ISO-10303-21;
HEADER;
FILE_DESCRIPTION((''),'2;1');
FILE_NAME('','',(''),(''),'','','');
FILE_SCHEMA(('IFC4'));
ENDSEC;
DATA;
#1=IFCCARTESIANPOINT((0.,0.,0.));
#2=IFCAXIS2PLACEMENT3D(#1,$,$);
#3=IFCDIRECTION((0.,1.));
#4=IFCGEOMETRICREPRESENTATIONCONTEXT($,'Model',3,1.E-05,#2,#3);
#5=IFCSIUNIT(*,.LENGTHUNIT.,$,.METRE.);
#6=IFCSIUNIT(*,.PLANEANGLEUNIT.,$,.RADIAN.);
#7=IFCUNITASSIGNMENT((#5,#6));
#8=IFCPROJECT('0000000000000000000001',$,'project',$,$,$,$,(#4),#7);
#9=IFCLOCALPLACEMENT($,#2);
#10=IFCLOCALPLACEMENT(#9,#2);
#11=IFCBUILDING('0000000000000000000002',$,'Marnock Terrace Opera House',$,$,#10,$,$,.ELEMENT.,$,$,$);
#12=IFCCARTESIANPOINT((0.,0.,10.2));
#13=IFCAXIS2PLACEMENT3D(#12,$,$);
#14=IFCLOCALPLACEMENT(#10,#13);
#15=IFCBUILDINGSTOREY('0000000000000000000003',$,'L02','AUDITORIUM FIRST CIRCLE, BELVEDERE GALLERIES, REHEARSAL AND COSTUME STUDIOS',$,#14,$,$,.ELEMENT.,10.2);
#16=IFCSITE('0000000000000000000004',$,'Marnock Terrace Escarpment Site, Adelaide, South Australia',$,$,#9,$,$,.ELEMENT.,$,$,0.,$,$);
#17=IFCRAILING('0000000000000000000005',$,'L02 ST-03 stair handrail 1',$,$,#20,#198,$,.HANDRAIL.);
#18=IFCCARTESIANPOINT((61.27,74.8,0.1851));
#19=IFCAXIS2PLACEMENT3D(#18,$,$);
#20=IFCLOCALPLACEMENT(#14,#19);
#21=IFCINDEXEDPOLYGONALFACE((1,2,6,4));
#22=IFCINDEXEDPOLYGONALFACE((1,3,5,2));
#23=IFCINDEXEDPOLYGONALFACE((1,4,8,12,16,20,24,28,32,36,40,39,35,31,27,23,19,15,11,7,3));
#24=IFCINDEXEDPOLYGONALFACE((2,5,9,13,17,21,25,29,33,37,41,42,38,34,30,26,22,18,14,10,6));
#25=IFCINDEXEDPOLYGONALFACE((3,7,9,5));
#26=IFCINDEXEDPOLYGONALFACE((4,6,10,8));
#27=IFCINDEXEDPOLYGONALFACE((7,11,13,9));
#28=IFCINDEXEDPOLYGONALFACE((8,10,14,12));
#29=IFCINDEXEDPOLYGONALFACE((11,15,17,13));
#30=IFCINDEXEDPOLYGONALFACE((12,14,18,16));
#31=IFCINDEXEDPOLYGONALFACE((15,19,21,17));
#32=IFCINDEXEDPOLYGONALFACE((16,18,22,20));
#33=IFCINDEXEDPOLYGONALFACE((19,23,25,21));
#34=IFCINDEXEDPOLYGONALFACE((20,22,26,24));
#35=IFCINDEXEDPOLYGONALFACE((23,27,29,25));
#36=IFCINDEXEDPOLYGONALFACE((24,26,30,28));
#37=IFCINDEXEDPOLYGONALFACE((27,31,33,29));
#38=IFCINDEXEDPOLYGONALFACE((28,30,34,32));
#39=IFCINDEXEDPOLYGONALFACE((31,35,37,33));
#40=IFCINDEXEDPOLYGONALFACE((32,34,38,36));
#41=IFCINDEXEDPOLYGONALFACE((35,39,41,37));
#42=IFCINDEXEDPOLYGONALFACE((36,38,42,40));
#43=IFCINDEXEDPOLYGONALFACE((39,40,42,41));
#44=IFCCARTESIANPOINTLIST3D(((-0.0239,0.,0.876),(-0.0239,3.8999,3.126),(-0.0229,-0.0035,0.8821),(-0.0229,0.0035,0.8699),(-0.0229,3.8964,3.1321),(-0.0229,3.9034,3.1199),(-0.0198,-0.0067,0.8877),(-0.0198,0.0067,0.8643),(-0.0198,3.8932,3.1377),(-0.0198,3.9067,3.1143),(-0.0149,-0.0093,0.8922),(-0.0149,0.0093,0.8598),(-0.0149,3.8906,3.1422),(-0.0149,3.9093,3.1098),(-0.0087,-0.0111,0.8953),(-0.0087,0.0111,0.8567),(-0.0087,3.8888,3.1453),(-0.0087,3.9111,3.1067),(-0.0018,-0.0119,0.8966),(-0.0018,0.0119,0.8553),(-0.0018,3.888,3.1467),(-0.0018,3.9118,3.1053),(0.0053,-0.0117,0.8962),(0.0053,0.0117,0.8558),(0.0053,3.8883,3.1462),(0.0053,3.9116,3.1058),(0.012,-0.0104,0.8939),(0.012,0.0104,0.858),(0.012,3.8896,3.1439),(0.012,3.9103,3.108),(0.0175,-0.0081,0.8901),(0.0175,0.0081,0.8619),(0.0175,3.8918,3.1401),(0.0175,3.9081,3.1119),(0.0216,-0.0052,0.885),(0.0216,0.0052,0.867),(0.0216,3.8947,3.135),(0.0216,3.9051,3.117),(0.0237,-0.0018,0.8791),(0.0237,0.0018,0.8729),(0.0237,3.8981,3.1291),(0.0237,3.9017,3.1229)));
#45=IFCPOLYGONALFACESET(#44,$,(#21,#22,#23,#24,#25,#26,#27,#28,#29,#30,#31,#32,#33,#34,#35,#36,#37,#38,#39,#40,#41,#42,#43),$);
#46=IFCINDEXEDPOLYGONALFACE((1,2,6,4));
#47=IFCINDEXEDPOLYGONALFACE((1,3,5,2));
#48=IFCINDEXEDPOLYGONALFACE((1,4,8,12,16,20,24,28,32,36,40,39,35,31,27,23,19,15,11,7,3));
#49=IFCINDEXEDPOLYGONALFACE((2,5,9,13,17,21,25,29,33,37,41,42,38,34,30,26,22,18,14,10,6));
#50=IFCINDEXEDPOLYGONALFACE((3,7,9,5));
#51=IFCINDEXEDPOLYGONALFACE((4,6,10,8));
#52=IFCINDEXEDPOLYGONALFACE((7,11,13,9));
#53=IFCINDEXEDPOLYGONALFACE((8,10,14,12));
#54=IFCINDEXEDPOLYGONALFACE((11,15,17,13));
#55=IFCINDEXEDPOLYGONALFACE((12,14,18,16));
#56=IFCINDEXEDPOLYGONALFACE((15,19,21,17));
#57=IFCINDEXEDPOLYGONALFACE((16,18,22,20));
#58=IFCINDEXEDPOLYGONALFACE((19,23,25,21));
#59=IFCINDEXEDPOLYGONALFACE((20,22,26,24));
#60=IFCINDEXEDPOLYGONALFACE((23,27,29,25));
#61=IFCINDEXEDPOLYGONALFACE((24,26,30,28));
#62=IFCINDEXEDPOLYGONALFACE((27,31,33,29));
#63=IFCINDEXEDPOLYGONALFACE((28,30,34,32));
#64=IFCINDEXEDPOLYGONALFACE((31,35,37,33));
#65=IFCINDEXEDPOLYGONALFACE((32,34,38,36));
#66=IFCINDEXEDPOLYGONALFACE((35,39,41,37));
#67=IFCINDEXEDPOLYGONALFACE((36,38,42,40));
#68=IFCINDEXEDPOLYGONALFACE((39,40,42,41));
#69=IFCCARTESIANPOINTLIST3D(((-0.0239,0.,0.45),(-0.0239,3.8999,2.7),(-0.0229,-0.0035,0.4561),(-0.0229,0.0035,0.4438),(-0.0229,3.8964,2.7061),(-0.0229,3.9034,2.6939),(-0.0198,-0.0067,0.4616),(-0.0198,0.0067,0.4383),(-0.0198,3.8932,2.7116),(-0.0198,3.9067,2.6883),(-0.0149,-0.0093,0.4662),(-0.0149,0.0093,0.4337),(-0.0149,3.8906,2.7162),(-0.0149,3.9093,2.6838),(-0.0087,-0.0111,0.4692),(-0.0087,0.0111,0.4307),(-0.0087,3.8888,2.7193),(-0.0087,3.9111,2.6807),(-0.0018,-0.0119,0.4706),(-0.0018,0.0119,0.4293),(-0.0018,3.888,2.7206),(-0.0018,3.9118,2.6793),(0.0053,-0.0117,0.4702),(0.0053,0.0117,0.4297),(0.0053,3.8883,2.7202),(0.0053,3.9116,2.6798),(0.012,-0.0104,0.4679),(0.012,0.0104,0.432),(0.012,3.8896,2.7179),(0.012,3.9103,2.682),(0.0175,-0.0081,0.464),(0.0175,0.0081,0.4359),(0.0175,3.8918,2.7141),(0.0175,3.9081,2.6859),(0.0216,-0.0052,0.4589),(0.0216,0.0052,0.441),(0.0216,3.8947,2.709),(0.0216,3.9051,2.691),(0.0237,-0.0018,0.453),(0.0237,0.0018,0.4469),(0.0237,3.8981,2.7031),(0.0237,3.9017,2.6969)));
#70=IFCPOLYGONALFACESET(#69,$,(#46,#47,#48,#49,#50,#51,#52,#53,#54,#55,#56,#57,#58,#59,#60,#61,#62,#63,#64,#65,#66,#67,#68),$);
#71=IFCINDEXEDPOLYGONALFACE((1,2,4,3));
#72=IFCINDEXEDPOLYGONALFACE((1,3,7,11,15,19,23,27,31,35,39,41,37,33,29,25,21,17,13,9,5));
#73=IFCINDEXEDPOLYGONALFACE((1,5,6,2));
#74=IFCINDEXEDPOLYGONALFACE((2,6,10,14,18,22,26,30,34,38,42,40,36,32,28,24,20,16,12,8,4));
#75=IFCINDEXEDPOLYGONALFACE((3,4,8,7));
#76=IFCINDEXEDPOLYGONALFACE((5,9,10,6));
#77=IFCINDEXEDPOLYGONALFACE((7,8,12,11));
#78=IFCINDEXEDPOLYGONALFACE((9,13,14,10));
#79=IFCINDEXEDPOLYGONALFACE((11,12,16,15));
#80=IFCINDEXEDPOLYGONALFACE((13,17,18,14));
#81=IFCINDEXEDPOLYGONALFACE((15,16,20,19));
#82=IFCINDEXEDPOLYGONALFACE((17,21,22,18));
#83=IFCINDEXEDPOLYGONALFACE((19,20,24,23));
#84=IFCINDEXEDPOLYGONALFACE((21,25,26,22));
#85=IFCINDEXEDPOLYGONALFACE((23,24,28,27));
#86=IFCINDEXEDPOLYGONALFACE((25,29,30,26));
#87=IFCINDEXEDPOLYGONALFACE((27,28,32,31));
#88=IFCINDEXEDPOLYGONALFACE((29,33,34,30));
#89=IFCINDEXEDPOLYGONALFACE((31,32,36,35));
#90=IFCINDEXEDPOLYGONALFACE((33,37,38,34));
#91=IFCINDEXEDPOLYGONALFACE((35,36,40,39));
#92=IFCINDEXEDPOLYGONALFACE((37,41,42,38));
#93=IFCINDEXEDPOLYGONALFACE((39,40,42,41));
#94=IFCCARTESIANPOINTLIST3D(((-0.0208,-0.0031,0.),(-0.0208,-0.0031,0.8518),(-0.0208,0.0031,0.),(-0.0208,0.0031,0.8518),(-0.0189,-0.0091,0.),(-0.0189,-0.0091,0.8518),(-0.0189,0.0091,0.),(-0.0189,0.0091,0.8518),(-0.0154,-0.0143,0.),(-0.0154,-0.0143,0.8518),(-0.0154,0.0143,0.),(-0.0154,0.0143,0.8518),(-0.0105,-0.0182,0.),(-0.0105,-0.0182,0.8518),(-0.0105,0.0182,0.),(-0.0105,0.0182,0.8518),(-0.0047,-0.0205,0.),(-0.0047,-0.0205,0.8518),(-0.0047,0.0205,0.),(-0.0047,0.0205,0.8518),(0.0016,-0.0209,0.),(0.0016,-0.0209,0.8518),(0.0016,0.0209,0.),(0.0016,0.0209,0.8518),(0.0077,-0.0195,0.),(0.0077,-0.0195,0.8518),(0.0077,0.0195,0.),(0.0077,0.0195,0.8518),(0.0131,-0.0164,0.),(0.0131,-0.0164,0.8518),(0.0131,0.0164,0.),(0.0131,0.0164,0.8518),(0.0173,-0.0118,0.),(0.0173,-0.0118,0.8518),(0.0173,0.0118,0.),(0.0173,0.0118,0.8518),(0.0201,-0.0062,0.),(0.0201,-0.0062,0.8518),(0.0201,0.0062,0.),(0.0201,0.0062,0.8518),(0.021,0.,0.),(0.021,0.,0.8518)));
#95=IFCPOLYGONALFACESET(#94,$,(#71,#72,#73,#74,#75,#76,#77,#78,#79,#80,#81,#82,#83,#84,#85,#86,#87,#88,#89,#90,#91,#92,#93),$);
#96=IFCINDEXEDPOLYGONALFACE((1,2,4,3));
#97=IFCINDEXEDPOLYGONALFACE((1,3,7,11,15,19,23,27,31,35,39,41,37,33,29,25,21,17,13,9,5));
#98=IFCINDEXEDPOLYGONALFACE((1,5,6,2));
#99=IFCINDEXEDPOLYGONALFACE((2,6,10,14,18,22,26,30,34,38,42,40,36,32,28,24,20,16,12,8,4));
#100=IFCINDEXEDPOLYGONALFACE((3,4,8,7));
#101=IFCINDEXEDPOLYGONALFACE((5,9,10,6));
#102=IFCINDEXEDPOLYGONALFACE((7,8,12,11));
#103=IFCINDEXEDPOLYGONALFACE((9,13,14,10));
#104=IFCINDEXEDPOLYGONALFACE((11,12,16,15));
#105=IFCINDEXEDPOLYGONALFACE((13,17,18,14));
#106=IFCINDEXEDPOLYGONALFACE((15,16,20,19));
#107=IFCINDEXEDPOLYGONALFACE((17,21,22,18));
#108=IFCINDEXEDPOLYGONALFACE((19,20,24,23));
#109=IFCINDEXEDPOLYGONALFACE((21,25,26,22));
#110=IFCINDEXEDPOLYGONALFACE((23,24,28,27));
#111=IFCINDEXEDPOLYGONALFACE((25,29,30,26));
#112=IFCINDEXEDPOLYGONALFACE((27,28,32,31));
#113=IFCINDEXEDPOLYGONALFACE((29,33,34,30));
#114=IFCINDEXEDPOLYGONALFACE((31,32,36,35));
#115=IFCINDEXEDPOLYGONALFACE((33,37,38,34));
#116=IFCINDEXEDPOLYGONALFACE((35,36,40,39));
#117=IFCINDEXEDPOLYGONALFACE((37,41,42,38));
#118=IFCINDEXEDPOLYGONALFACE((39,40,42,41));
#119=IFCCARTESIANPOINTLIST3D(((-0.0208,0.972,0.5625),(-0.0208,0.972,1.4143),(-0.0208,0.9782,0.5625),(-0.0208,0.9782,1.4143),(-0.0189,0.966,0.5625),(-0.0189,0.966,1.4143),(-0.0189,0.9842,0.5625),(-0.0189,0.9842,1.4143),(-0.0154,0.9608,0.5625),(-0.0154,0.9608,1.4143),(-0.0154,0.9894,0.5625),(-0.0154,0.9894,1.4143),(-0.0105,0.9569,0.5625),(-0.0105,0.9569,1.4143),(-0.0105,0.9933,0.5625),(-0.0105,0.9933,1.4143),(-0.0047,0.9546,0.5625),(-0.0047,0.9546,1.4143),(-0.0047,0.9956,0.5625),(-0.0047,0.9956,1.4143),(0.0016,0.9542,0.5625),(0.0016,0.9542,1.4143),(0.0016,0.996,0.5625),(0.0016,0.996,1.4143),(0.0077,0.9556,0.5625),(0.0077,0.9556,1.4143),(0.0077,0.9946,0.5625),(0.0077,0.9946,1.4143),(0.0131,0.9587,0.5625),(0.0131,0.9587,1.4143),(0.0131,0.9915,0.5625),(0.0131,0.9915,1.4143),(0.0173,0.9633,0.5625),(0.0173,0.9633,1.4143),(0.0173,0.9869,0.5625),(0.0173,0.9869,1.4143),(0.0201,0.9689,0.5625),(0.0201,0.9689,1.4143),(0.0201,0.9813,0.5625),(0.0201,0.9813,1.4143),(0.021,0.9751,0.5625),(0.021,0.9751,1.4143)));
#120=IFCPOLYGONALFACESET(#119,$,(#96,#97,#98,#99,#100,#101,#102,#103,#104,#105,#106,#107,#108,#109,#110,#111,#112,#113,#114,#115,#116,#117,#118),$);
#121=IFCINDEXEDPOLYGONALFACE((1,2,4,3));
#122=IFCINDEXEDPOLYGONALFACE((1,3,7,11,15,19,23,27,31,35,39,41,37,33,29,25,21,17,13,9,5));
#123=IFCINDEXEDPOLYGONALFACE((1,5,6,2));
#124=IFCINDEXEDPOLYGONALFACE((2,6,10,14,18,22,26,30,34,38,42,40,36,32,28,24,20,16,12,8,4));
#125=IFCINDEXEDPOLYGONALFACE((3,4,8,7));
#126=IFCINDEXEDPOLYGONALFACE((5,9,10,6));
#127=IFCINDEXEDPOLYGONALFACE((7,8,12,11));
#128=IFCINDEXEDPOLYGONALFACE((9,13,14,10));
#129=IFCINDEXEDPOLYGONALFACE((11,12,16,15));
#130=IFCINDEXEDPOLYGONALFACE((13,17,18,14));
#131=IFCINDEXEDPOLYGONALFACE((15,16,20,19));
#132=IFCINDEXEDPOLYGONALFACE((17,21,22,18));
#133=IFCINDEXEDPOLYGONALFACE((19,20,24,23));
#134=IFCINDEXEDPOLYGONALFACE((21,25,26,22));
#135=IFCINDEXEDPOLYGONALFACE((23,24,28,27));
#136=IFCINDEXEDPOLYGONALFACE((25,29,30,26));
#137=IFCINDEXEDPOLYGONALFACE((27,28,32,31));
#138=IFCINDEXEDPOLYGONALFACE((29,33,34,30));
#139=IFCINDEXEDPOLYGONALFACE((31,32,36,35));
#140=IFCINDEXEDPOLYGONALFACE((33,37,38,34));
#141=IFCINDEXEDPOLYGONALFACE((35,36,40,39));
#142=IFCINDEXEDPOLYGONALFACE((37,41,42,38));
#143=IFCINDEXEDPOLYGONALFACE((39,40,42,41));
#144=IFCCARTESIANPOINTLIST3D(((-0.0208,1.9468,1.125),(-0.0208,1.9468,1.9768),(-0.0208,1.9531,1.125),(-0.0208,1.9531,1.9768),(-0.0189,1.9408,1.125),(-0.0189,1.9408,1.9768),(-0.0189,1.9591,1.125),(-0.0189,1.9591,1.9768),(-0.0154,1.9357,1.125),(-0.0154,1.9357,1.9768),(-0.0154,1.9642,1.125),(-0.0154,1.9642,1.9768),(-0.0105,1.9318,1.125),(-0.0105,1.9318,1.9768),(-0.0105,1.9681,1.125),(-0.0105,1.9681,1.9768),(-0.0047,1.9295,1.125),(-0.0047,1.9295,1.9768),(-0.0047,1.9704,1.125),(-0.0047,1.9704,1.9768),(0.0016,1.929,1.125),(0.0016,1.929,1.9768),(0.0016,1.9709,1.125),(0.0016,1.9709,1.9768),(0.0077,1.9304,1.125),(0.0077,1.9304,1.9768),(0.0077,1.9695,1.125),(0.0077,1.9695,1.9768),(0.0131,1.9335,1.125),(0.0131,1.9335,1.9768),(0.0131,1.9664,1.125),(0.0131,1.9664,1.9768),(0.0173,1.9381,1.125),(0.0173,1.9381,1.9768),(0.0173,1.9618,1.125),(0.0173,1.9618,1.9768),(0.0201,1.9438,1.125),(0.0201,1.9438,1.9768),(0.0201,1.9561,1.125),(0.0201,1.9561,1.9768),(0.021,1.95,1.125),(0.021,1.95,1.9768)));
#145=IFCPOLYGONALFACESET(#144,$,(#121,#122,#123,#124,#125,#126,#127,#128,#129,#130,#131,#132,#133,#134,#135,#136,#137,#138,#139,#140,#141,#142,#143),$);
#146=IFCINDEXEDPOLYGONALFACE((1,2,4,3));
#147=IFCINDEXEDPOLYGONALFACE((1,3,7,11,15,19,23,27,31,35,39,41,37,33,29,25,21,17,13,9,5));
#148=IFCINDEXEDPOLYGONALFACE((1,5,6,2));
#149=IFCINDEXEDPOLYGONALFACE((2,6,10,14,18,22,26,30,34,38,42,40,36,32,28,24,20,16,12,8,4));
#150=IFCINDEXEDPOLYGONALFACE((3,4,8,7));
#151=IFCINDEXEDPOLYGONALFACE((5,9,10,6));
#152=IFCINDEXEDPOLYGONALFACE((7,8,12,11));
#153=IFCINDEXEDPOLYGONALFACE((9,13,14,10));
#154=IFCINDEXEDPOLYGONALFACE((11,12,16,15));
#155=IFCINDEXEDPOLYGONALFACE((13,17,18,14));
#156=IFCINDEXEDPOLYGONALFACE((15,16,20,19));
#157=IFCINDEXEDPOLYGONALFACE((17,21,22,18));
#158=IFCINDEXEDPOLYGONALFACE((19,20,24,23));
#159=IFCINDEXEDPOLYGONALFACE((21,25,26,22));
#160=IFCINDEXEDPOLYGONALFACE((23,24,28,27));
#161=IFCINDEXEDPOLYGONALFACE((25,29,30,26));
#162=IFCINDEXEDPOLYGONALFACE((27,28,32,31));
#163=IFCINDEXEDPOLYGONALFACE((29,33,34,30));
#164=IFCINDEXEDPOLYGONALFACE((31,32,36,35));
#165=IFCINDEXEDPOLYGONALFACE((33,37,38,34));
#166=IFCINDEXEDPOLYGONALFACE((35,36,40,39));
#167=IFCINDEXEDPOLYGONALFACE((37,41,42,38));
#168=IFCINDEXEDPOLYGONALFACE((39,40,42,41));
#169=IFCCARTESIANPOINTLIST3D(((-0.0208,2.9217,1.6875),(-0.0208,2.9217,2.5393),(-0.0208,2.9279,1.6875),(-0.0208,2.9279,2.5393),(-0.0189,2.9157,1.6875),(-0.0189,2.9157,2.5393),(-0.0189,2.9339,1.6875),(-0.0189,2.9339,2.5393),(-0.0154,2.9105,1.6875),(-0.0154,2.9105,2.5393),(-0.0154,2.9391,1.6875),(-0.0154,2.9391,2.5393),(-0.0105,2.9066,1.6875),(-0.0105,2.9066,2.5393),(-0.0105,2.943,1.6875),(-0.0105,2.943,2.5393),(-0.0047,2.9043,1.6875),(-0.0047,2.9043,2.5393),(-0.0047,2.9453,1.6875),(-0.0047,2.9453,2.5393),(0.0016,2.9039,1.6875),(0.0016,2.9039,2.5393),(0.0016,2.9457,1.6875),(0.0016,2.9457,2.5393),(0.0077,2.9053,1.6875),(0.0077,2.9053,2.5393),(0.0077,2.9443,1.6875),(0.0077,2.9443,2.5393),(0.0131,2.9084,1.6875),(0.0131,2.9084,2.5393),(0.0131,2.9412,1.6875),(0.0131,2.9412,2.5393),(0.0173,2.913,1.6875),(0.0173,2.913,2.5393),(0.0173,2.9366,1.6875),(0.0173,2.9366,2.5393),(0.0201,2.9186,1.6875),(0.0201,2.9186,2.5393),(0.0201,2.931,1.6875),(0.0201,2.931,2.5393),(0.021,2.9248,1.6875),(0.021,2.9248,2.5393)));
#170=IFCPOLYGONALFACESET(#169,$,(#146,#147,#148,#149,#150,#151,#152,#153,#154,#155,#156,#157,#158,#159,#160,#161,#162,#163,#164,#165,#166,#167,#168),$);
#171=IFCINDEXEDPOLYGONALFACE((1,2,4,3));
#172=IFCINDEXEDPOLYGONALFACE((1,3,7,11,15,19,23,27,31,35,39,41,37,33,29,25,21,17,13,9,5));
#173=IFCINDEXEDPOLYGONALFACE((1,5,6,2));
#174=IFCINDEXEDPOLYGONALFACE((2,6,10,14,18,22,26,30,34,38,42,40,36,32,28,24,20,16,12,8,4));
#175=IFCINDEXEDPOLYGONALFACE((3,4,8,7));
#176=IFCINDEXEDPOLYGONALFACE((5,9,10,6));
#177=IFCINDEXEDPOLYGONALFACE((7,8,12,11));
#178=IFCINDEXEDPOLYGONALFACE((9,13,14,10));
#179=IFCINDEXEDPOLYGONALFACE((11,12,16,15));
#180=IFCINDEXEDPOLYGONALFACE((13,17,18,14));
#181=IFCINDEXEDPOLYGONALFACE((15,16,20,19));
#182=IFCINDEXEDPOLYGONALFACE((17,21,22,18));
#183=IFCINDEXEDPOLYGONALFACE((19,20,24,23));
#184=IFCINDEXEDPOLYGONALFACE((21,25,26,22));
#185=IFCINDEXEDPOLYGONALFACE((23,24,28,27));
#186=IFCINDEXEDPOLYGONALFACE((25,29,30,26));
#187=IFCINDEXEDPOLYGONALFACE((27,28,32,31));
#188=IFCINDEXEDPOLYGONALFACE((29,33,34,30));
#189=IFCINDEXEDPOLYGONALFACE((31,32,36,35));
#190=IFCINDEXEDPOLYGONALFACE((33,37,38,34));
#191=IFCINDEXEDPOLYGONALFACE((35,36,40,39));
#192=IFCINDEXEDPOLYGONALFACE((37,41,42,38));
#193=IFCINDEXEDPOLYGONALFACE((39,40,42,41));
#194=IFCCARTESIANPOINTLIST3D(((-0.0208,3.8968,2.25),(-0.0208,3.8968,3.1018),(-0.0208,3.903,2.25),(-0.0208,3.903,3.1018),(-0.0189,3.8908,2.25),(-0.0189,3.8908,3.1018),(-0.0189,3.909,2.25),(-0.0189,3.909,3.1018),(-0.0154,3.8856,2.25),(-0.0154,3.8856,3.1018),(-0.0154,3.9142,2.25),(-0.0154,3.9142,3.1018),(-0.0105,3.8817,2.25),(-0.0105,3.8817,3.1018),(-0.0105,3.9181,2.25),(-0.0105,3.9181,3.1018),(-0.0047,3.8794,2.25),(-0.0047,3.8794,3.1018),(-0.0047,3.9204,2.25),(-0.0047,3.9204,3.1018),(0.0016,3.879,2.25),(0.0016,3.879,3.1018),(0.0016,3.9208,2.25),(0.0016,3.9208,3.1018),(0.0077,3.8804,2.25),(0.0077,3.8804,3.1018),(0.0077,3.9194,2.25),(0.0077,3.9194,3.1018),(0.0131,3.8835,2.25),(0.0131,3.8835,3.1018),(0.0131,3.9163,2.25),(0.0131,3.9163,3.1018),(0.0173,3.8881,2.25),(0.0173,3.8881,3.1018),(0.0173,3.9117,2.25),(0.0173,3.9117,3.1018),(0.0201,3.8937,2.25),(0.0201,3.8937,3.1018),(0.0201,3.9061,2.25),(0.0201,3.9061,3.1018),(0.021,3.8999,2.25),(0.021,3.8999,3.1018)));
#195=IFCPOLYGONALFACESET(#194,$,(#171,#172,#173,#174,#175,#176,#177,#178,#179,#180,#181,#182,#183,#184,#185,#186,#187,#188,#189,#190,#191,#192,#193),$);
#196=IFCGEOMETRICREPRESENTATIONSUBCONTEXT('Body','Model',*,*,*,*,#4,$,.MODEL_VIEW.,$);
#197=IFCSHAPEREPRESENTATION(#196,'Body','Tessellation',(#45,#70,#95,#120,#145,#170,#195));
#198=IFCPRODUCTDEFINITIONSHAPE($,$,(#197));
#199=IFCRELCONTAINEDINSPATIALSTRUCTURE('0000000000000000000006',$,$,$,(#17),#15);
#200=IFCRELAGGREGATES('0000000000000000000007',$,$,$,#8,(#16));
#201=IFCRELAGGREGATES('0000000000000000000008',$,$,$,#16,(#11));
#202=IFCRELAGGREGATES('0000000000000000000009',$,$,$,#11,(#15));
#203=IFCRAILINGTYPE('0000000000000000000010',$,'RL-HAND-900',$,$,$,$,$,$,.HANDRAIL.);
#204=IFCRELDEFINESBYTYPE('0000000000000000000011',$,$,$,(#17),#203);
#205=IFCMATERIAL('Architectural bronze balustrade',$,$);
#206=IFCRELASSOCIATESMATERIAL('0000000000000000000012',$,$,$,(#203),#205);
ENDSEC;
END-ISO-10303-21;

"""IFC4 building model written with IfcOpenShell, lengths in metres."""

from ifc_helpers import new_model, si_unit, direction, frame, origin, origin_2d, place, context, subcontext, project, spatial, circle, extrude, material, type_object, element, save


model = new_model("IFC4")

# Units and contexts
model_context = context("Model", 3, precision=1e-05, world=origin(), true_north=direction((0.0, 1.0)))
body_context = subcontext(model_context, "Body", "Model", "MODEL_VIEW")
ifc_project = project(units=[si_unit("LENGTHUNIT", "METRE"), si_unit("PLANEANGLEUNIT", "RADIAN")], contexts=[model_context])

# Site, building, storey
site_placement = place(None, origin())
site = spatial("IfcSite", under=ifc_project, at=site_placement, Name="Marnock Terrace Escarpment Site, Adelaide, South Australia", CompositionType="ELEMENT", RefElevation=0.0)
building_placement = place(site_placement, origin())
building = spatial("IfcBuilding", under=site, at=building_placement, Name="Marnock Terrace Opera House", CompositionType="ELEMENT")
storey_placement = place(building_placement, frame((0.0, 0.0, 10.2)))
storey = spatial("IfcBuildingStorey", under=building, at=storey_placement, Name="L02", Description="AUDITORIUM FIRST CIRCLE, BELVEDERE GALLERIES, REHEARSAL AND COSTUME STUDIOS", CompositionType="ELEMENT", Elevation=10.2)

# Railing
ifc_material_1 = material(Name="Architectural bronze balustrade")
railing_type_1 = type_object("IfcRailingType", Name="RL-HAND-900", PredefinedType="HANDRAIL", material=ifc_material_1)
railing_1_placement = place(storey_placement, frame((61.27, 74.8, 0.1851)))
element("IfcRailing", 1, at=railing_1_placement, inside=storey, type_object=railing_type_1, Name="L02 ST-03 stair handrail 1", PredefinedType="HANDRAIL", context=body_context, shape_type="SweptSolid", body=[
    extrude(circle(Radius=0.0239, at=origin_2d()), frame((0.0, 0.0, 0.876), z_axis=(0.0, 0.86618, 0.499732), x_axis=(-1.0, 0.0, 0.0)), (0.0, 0.0, 1.0), 4.5024),
    extrude(circle(Radius=0.0239, at=origin_2d()), frame((0.0, 0.0, 0.45), z_axis=(0.0, 0.86618, 0.499732), x_axis=(-1.0, 0.0, 0.0)), (0.0, 0.0, 1.0), 4.5024),
    extrude(circle(Radius=0.021, at=origin_2d()), origin(), (0.0, 0.0, 1.0), 0.8518),
    extrude(circle(Radius=0.021, at=origin_2d()), frame((0.0, 0.9751, 0.5625)), (0.0, 0.0, 1.0), 0.8518),
    extrude(circle(Radius=0.021, at=origin_2d()), frame((0.0, 1.95, 1.125)), (0.0, 0.0, 1.0), 0.8518),
    extrude(circle(Radius=0.021, at=origin_2d()), frame((0.0, 2.9248, 1.6875)), (0.0, 0.0, 1.0), 0.8518),
    extrude(circle(Radius=0.021, at=origin_2d()), frame((0.0, 3.8999, 2.25)), (0.0, 0.0, 1.0), 0.8518),
])

save(model, "model.ifc")
